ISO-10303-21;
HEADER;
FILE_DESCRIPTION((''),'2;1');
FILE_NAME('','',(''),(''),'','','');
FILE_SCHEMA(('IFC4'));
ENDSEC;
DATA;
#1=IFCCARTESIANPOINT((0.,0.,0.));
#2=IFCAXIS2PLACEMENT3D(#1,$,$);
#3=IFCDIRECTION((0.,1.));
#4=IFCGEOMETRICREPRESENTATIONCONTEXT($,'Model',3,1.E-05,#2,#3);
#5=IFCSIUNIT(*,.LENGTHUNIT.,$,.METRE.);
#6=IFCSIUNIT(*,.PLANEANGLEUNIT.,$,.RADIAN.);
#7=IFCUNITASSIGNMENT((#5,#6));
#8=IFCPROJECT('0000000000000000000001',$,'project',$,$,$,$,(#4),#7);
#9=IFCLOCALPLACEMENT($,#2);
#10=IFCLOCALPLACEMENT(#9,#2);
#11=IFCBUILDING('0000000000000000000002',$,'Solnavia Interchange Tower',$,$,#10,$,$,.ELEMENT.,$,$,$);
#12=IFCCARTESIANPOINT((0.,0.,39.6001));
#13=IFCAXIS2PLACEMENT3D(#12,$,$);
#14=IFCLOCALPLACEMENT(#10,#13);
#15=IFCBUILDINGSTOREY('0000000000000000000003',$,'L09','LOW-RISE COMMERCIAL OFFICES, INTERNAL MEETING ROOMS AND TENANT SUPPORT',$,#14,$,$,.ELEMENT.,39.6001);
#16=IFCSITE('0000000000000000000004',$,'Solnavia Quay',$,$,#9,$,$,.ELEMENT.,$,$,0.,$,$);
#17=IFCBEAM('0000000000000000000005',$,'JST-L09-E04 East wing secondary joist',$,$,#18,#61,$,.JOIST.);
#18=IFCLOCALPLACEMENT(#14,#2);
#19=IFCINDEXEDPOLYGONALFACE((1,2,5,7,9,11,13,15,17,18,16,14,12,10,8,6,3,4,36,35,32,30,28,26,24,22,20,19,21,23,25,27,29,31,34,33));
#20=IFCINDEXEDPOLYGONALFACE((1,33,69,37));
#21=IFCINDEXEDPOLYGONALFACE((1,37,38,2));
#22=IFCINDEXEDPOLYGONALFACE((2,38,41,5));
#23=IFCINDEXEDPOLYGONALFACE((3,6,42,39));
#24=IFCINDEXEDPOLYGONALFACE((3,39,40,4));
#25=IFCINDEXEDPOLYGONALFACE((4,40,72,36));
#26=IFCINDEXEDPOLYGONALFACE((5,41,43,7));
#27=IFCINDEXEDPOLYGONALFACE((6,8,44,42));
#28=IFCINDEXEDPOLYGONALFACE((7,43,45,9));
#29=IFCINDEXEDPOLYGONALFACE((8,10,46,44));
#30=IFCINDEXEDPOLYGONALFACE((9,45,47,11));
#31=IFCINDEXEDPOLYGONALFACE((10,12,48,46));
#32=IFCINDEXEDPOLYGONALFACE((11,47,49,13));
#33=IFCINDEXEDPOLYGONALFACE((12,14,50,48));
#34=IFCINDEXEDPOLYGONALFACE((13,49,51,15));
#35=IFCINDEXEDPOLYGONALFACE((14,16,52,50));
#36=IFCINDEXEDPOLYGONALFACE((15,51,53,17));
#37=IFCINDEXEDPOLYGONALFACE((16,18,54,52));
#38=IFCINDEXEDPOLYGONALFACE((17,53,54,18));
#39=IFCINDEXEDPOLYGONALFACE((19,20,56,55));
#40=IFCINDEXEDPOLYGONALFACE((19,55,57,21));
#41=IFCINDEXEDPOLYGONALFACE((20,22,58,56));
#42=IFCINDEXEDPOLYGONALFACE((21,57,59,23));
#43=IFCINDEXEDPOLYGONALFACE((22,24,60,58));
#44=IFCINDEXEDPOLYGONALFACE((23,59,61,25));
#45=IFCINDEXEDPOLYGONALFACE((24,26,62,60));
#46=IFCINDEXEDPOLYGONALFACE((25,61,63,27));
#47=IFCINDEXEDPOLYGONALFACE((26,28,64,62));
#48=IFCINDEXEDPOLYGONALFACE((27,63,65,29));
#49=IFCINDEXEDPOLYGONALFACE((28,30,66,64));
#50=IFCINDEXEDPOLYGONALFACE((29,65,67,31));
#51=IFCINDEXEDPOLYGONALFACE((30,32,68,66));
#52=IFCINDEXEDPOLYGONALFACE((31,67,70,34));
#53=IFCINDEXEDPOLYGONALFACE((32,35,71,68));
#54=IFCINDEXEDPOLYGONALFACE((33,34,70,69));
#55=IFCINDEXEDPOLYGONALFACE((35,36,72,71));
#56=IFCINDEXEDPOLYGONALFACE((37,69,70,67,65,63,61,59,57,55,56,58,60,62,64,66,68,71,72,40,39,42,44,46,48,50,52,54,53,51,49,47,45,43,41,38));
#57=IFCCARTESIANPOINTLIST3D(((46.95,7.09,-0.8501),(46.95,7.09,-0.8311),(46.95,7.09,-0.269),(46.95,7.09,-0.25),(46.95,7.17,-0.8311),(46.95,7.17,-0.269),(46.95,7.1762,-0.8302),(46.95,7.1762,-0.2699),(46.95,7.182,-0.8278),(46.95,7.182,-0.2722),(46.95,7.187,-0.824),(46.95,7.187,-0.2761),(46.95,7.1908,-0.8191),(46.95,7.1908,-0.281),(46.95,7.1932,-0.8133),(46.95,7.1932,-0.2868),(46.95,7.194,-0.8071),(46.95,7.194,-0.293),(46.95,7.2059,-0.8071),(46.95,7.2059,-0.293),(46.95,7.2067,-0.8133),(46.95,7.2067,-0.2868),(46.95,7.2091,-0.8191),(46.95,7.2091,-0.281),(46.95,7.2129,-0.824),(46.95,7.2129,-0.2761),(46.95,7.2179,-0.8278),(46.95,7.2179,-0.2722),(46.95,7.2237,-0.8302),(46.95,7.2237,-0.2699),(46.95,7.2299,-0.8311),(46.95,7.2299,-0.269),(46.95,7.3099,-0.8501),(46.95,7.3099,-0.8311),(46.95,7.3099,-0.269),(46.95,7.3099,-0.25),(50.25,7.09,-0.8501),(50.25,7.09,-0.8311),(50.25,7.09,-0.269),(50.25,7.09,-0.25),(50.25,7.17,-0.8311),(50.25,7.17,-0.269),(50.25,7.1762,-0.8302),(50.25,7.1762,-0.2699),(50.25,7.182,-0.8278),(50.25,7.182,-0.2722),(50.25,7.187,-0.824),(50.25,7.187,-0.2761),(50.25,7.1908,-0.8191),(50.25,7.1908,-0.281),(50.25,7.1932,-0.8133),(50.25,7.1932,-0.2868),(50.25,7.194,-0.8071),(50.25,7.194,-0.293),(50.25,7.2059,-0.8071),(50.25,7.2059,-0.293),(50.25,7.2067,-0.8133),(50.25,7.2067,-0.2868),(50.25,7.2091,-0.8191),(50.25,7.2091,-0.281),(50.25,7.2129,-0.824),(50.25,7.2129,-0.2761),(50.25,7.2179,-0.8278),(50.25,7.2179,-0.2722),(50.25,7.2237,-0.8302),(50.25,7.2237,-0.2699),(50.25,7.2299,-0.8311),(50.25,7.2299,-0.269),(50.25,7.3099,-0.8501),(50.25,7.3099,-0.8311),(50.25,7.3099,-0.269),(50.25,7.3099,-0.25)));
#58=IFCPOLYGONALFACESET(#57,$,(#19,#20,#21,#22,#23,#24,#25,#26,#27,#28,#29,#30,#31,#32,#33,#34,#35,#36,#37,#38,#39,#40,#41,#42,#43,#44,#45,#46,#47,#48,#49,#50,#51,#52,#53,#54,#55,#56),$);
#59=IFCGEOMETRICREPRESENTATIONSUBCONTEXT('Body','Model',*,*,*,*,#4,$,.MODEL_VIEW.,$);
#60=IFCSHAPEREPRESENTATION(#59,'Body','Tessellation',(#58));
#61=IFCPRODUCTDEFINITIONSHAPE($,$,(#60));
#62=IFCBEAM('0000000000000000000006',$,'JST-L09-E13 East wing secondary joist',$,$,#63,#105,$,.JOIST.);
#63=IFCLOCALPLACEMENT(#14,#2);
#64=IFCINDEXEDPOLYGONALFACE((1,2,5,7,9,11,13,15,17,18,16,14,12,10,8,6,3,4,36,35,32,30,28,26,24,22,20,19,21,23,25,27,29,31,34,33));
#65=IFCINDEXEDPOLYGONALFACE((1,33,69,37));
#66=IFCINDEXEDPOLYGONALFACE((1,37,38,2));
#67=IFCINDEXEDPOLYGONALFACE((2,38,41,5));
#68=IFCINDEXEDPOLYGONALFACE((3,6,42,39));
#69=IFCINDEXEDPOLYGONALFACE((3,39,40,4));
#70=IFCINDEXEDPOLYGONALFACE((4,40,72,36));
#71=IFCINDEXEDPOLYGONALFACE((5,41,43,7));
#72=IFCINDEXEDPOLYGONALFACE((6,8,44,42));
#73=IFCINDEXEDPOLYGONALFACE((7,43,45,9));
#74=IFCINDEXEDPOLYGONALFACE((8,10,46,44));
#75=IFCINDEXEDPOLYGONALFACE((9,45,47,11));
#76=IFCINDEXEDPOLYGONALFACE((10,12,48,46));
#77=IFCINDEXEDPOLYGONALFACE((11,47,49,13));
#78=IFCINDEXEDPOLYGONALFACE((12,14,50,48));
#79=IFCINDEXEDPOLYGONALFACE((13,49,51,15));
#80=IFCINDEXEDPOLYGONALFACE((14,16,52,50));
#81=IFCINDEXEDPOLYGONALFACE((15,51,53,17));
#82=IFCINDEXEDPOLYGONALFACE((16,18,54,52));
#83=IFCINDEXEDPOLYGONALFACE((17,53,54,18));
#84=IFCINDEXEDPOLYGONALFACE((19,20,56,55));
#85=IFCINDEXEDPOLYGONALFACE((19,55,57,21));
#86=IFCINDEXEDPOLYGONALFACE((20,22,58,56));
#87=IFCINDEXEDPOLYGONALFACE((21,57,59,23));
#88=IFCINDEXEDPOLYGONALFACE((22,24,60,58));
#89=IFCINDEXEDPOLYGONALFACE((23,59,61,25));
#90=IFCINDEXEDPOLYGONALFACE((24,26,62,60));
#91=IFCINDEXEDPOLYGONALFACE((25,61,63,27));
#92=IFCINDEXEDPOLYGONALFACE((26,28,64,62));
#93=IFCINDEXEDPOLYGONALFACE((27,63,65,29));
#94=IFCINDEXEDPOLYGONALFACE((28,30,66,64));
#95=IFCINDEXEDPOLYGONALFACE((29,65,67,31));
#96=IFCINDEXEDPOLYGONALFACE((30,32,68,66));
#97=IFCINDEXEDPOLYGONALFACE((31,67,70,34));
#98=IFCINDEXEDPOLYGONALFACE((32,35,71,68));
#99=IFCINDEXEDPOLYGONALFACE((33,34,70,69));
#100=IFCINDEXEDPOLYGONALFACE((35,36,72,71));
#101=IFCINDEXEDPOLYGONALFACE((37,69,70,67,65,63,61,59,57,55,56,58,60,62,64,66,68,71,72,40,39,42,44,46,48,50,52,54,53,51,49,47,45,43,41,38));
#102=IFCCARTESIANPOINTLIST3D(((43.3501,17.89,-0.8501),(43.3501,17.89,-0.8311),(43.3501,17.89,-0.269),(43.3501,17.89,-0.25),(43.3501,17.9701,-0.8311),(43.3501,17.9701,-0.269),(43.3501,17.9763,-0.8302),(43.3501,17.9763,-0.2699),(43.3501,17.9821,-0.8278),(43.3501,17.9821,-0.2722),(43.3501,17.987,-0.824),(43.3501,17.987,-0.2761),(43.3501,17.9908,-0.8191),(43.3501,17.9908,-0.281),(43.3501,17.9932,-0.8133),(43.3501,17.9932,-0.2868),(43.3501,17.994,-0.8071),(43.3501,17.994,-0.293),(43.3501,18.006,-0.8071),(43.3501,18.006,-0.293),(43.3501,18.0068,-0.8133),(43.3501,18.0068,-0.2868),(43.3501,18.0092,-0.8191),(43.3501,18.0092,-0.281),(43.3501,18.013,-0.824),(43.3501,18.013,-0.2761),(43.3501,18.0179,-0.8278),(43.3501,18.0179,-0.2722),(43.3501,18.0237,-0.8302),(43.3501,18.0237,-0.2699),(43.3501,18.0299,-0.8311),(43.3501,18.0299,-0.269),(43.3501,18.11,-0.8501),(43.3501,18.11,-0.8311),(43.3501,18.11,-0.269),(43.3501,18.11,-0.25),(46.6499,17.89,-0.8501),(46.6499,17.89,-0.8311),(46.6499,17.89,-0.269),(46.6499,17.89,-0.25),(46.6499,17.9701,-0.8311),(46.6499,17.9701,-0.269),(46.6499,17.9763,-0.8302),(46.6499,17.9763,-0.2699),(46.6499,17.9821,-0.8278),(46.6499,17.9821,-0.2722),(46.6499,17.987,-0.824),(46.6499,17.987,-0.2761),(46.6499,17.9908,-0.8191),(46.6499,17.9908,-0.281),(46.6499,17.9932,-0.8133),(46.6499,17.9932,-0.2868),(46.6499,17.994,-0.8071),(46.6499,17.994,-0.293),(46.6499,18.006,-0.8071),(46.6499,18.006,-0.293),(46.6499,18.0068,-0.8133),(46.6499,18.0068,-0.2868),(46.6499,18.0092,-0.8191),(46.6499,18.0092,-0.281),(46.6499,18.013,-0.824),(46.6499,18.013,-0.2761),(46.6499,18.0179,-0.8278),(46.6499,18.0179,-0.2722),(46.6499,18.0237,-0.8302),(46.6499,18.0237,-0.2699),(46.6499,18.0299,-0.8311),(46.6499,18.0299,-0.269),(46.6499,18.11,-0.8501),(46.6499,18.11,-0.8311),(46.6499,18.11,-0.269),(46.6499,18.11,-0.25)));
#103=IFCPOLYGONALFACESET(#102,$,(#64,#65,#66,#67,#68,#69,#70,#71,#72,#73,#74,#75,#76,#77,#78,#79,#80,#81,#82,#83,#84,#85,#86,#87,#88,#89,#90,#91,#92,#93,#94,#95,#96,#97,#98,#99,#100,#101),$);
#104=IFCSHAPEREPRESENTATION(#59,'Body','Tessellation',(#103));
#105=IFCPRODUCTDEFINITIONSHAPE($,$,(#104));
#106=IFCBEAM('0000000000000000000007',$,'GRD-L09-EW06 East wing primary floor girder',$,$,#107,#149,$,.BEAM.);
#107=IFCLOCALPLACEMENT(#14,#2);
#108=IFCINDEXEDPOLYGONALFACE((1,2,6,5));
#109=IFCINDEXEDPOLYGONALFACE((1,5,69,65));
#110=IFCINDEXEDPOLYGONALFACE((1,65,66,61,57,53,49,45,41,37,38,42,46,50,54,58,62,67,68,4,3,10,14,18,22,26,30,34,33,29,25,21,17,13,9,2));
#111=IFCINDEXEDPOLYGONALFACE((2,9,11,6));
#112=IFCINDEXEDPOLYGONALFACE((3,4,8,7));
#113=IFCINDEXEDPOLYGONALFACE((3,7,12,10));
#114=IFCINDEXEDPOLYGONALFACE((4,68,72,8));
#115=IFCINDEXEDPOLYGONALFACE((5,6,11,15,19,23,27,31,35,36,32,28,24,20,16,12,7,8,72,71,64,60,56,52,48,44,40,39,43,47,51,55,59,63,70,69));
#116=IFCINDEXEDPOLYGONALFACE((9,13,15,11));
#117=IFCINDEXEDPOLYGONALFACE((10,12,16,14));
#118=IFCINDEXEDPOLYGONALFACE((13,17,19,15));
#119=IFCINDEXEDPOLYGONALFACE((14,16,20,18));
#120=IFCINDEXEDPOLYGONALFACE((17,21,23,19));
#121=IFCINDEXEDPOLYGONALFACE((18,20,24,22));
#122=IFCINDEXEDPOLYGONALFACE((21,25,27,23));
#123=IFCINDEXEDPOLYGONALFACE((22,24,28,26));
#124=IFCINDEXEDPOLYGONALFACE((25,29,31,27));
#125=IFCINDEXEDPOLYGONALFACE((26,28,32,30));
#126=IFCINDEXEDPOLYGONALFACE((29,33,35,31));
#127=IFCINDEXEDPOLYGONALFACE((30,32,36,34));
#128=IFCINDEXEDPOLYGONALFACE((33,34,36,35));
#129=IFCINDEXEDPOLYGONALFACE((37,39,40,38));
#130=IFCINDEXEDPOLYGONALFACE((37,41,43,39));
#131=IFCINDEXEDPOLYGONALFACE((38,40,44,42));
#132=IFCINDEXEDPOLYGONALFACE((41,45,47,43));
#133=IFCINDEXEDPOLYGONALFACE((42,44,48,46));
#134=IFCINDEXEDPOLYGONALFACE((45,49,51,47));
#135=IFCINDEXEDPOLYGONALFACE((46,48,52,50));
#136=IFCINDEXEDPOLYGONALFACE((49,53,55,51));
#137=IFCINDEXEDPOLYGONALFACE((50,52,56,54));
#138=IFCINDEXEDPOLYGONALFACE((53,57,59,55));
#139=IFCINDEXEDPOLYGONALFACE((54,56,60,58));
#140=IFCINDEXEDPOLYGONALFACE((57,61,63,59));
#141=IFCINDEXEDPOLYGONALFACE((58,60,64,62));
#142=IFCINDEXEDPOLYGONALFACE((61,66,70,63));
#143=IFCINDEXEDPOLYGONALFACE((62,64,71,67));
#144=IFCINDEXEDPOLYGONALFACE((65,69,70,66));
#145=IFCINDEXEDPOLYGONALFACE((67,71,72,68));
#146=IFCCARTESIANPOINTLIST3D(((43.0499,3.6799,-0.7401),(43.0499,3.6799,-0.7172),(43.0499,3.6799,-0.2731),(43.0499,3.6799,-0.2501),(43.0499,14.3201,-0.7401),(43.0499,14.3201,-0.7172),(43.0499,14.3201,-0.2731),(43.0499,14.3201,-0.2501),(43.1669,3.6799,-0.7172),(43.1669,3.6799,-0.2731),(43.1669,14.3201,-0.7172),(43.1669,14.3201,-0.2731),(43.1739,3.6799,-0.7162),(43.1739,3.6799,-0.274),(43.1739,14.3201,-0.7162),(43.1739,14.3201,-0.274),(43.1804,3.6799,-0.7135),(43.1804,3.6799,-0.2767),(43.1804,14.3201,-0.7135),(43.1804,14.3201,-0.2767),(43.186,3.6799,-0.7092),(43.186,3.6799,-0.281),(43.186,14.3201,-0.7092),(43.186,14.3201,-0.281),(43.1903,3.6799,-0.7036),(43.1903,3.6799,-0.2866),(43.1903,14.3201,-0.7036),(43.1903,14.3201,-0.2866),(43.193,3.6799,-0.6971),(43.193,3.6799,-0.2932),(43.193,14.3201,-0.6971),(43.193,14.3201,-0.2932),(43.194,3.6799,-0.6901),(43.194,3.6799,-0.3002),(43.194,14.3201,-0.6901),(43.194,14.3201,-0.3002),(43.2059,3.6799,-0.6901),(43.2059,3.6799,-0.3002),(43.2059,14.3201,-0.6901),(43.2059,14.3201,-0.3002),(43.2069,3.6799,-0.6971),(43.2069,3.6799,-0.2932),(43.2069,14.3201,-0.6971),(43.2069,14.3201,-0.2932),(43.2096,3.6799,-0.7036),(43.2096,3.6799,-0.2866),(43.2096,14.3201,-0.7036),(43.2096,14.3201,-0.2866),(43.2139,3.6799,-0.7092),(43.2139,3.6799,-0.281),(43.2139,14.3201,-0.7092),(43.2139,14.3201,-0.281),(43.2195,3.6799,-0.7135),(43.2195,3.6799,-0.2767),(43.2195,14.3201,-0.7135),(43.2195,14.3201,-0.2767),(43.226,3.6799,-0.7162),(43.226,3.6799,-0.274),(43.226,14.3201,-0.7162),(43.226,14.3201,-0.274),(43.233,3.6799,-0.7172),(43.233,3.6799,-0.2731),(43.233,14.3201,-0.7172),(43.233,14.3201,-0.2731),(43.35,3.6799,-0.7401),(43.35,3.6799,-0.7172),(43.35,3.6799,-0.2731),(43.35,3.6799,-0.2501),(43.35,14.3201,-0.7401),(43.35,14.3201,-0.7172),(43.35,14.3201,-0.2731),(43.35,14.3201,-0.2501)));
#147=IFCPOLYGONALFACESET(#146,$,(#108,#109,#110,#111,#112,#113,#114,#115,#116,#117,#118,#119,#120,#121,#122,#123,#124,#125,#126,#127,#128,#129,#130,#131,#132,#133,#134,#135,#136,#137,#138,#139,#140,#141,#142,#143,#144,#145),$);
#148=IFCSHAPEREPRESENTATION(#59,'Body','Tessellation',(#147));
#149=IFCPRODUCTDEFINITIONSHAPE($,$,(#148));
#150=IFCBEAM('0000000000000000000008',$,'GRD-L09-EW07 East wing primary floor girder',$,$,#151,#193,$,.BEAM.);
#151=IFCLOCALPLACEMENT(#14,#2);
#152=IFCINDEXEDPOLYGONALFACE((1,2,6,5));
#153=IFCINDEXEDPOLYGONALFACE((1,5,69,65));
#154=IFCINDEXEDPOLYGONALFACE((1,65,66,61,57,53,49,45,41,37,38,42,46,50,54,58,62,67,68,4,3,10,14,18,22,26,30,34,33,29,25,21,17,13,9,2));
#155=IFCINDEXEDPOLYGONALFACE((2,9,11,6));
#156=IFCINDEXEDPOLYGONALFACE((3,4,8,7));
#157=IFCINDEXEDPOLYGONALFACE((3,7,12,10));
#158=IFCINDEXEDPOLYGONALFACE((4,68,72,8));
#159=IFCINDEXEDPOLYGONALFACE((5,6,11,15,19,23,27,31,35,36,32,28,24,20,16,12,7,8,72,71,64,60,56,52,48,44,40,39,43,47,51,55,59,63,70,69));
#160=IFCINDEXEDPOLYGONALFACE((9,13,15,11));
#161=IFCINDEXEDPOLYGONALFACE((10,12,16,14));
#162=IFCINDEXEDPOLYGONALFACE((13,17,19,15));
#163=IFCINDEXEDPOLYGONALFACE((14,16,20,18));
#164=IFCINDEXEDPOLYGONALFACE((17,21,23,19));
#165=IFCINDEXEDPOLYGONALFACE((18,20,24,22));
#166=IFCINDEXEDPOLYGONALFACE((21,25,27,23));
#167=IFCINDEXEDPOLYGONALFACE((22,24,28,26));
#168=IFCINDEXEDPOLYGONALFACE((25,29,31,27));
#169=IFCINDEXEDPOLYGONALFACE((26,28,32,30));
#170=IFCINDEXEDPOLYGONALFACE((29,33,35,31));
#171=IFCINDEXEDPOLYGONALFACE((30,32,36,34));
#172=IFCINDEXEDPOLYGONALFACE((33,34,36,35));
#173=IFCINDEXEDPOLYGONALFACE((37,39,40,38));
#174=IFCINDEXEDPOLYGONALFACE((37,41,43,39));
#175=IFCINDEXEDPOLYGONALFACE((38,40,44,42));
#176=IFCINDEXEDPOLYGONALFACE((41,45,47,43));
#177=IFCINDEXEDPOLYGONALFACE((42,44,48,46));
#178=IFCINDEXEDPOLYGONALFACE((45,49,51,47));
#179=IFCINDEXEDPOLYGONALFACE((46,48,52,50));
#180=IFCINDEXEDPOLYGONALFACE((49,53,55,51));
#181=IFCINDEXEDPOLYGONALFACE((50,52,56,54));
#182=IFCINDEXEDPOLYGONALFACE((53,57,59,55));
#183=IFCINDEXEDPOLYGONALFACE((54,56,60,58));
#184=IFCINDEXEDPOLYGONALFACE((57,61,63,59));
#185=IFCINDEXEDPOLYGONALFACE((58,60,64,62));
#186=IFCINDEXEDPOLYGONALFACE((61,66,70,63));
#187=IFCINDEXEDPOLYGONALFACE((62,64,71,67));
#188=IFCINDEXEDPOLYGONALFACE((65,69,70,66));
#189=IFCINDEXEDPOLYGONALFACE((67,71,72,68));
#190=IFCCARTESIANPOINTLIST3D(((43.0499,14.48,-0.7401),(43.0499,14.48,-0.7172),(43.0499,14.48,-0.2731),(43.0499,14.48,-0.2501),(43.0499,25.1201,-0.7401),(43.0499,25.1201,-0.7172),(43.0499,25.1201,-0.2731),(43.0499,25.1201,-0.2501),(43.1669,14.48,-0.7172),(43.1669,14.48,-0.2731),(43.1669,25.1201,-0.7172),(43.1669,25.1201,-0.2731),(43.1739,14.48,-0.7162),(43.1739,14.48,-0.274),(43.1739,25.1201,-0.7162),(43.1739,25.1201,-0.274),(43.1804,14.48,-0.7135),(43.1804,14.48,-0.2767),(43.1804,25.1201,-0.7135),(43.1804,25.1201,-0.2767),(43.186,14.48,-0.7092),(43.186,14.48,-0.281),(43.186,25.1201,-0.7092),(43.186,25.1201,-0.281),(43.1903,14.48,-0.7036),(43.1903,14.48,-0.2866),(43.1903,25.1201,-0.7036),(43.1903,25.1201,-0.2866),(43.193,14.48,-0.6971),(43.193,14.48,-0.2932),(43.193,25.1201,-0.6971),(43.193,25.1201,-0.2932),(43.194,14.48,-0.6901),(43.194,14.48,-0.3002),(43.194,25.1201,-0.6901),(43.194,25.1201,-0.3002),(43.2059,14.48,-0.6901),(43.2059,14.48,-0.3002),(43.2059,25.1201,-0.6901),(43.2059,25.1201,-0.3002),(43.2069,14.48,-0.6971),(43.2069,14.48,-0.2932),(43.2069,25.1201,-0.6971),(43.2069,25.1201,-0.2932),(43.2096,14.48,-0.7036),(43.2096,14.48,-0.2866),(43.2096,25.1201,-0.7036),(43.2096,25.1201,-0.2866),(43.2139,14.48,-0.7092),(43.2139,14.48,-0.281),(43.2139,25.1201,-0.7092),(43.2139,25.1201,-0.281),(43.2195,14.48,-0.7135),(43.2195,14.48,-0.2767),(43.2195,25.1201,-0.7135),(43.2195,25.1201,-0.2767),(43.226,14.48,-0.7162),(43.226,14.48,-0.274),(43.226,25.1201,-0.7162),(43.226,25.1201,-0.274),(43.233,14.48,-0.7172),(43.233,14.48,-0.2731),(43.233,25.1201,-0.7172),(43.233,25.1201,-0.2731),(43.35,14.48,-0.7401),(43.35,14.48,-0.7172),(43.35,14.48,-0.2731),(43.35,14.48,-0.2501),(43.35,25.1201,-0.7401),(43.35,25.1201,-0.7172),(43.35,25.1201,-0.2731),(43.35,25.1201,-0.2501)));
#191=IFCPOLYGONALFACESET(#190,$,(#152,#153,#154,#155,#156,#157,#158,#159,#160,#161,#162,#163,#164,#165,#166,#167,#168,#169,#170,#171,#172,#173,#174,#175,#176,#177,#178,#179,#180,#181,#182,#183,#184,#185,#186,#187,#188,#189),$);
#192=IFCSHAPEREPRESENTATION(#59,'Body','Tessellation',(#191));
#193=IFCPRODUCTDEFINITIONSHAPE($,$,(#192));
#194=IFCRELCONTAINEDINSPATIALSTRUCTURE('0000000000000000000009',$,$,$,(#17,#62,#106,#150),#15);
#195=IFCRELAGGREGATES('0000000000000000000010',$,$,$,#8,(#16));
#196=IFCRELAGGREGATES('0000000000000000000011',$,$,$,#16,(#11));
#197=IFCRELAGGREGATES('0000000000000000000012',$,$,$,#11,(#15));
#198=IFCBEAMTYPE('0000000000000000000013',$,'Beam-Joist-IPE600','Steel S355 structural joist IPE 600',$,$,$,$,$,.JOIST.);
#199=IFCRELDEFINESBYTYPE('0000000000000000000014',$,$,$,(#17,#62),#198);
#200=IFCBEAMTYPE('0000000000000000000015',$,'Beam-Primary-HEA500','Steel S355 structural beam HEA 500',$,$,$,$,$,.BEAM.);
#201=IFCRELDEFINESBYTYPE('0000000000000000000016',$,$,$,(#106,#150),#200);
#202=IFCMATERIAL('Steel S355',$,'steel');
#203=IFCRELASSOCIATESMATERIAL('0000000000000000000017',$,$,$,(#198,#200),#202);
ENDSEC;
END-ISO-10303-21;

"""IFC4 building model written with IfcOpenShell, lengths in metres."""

from ifc_helpers import new_model, si_unit, direction, frame, origin, origin_2d, place, context, subcontext, project, spatial, i_section, extrude, material, material_profile, profile_set, type_object, element, save


model = new_model("IFC4")

# Units and contexts
model_context = context("Model", 3, precision=1e-05, world=origin(), true_north=direction((0.0, 1.0)))
body_context = subcontext(model_context, "Body", "Model", "MODEL_VIEW")
ifc_project = project(units=[si_unit("LENGTHUNIT", "METRE"), si_unit("PLANEANGLEUNIT", "RADIAN")], contexts=[model_context])

# Site, building, storey
site_placement = place(None, origin())
site = spatial("IfcSite", under=ifc_project, at=site_placement, Name="Solnavia Quay", CompositionType="ELEMENT", RefElevation=0.0)
building_placement = place(site_placement, origin())
building = spatial("IfcBuilding", under=site, at=building_placement, Name="Solnavia Interchange Tower", CompositionType="ELEMENT")
storey_placement = place(building_placement, frame((0.0, 0.0, 39.6001)))
storey = spatial("IfcBuildingStorey", under=building, at=storey_placement, Name="L09", Description="LOW-RISE COMMERCIAL OFFICES, INTERNAL MEETING ROOMS AND TENANT SUPPORT", CompositionType="ELEMENT", Elevation=39.6001)

# Shared definitions
ifc_material_1 = material(Name="Steel S355", Category="steel")

# Beams
ifc_material_profile_1 = material_profile(ifc_material_1, i_section(OverallWidth=0.22, OverallDepth=0.6001, WebThickness=0.012, FlangeThickness=0.019, FilletRadius=0.0239, at=origin_2d()), Name="IPE 600")
ifc_profile_set_1 = profile_set([ifc_material_profile_1], Name="Steel S355")
beam_type_1 = type_object("IfcBeamType", Name="Beam-Joist-IPE600", Description="Steel S355 structural joist IPE 600", PredefinedType="JOIST", material=ifc_profile_set_1)
beam_1_placement = place(storey_placement, frame((46.95, 7.2, -0.55), z_axis=(1.0, 0.0, 0.0), x_axis=(0.0, 1.0, 0.0)))
element("IfcBeam", 1, at=beam_1_placement, inside=storey, type_object=beam_type_1, Name="JST-L09-E04 East wing secondary joist", PredefinedType="JOIST", context=body_context, shape_type="SweptSolid", body=[
    extrude(i_section(OverallWidth=0.22, OverallDepth=0.6001, WebThickness=0.012, FlangeThickness=0.019, FilletRadius=0.0239, at=origin_2d()), origin(), (0.0, 0.0, 1.0), 3.3),
])
beam_2_placement = place(storey_placement, frame((43.3501, 18.0, -0.55), z_axis=(1.0, 0.0, 0.0), x_axis=(0.0, 1.0, 0.0)))
element("IfcBeam", 2, at=beam_2_placement, inside=storey, type_object=beam_type_1, Name="JST-L09-E13 East wing secondary joist", PredefinedType="JOIST", context=body_context, shape_type="SweptSolid", body=[
    extrude(i_section(OverallWidth=0.22, OverallDepth=0.6001, WebThickness=0.012, FlangeThickness=0.019, FilletRadius=0.0239, at=origin_2d()), origin(), (0.0, 0.0, 1.0), 3.2998),
])
ifc_material_profile_2 = material_profile(ifc_material_1, i_section(OverallWidth=0.3, OverallDepth=0.49, WebThickness=0.012, FlangeThickness=0.0229, FilletRadius=0.0271, at=origin_2d()), Name="HEA 500")
ifc_profile_set_2 = profile_set([ifc_material_profile_2], Name="Steel S355")
beam_type_2 = type_object("IfcBeamType", Name="Beam-Primary-HEA500", Description="Steel S355 structural beam HEA 500", PredefinedType="BEAM", material=ifc_profile_set_2)
for number, where, z_axis, x_axis, name in (
    (3, (43.2, 3.6799, -0.4951), (0.0, 1.0, 0.0), (-1.0, 0.0, 0.0), "GRD-L09-EW06 East wing primary floor girder"),
    (4, (43.2, 14.48, -0.4951), (0.0, 1.0, 0.0), (-1.0, 0.0, 0.0), "GRD-L09-EW07 East wing primary floor girder"),
):
    element("IfcBeam", number, at=place(storey_placement, frame(where, z_axis=z_axis, x_axis=x_axis)), inside=storey, type_object=beam_type_2, Name=name, PredefinedType="BEAM", context=body_context, shape_type="SweptSolid", body=[
        extrude(i_section(OverallWidth=0.3, OverallDepth=0.49, WebThickness=0.012, FlangeThickness=0.0229, FilletRadius=0.0271, at=origin_2d()), origin(), (0.0, 0.0, 1.0), 10.6401),
    ])

save(model, "model.ifc")
